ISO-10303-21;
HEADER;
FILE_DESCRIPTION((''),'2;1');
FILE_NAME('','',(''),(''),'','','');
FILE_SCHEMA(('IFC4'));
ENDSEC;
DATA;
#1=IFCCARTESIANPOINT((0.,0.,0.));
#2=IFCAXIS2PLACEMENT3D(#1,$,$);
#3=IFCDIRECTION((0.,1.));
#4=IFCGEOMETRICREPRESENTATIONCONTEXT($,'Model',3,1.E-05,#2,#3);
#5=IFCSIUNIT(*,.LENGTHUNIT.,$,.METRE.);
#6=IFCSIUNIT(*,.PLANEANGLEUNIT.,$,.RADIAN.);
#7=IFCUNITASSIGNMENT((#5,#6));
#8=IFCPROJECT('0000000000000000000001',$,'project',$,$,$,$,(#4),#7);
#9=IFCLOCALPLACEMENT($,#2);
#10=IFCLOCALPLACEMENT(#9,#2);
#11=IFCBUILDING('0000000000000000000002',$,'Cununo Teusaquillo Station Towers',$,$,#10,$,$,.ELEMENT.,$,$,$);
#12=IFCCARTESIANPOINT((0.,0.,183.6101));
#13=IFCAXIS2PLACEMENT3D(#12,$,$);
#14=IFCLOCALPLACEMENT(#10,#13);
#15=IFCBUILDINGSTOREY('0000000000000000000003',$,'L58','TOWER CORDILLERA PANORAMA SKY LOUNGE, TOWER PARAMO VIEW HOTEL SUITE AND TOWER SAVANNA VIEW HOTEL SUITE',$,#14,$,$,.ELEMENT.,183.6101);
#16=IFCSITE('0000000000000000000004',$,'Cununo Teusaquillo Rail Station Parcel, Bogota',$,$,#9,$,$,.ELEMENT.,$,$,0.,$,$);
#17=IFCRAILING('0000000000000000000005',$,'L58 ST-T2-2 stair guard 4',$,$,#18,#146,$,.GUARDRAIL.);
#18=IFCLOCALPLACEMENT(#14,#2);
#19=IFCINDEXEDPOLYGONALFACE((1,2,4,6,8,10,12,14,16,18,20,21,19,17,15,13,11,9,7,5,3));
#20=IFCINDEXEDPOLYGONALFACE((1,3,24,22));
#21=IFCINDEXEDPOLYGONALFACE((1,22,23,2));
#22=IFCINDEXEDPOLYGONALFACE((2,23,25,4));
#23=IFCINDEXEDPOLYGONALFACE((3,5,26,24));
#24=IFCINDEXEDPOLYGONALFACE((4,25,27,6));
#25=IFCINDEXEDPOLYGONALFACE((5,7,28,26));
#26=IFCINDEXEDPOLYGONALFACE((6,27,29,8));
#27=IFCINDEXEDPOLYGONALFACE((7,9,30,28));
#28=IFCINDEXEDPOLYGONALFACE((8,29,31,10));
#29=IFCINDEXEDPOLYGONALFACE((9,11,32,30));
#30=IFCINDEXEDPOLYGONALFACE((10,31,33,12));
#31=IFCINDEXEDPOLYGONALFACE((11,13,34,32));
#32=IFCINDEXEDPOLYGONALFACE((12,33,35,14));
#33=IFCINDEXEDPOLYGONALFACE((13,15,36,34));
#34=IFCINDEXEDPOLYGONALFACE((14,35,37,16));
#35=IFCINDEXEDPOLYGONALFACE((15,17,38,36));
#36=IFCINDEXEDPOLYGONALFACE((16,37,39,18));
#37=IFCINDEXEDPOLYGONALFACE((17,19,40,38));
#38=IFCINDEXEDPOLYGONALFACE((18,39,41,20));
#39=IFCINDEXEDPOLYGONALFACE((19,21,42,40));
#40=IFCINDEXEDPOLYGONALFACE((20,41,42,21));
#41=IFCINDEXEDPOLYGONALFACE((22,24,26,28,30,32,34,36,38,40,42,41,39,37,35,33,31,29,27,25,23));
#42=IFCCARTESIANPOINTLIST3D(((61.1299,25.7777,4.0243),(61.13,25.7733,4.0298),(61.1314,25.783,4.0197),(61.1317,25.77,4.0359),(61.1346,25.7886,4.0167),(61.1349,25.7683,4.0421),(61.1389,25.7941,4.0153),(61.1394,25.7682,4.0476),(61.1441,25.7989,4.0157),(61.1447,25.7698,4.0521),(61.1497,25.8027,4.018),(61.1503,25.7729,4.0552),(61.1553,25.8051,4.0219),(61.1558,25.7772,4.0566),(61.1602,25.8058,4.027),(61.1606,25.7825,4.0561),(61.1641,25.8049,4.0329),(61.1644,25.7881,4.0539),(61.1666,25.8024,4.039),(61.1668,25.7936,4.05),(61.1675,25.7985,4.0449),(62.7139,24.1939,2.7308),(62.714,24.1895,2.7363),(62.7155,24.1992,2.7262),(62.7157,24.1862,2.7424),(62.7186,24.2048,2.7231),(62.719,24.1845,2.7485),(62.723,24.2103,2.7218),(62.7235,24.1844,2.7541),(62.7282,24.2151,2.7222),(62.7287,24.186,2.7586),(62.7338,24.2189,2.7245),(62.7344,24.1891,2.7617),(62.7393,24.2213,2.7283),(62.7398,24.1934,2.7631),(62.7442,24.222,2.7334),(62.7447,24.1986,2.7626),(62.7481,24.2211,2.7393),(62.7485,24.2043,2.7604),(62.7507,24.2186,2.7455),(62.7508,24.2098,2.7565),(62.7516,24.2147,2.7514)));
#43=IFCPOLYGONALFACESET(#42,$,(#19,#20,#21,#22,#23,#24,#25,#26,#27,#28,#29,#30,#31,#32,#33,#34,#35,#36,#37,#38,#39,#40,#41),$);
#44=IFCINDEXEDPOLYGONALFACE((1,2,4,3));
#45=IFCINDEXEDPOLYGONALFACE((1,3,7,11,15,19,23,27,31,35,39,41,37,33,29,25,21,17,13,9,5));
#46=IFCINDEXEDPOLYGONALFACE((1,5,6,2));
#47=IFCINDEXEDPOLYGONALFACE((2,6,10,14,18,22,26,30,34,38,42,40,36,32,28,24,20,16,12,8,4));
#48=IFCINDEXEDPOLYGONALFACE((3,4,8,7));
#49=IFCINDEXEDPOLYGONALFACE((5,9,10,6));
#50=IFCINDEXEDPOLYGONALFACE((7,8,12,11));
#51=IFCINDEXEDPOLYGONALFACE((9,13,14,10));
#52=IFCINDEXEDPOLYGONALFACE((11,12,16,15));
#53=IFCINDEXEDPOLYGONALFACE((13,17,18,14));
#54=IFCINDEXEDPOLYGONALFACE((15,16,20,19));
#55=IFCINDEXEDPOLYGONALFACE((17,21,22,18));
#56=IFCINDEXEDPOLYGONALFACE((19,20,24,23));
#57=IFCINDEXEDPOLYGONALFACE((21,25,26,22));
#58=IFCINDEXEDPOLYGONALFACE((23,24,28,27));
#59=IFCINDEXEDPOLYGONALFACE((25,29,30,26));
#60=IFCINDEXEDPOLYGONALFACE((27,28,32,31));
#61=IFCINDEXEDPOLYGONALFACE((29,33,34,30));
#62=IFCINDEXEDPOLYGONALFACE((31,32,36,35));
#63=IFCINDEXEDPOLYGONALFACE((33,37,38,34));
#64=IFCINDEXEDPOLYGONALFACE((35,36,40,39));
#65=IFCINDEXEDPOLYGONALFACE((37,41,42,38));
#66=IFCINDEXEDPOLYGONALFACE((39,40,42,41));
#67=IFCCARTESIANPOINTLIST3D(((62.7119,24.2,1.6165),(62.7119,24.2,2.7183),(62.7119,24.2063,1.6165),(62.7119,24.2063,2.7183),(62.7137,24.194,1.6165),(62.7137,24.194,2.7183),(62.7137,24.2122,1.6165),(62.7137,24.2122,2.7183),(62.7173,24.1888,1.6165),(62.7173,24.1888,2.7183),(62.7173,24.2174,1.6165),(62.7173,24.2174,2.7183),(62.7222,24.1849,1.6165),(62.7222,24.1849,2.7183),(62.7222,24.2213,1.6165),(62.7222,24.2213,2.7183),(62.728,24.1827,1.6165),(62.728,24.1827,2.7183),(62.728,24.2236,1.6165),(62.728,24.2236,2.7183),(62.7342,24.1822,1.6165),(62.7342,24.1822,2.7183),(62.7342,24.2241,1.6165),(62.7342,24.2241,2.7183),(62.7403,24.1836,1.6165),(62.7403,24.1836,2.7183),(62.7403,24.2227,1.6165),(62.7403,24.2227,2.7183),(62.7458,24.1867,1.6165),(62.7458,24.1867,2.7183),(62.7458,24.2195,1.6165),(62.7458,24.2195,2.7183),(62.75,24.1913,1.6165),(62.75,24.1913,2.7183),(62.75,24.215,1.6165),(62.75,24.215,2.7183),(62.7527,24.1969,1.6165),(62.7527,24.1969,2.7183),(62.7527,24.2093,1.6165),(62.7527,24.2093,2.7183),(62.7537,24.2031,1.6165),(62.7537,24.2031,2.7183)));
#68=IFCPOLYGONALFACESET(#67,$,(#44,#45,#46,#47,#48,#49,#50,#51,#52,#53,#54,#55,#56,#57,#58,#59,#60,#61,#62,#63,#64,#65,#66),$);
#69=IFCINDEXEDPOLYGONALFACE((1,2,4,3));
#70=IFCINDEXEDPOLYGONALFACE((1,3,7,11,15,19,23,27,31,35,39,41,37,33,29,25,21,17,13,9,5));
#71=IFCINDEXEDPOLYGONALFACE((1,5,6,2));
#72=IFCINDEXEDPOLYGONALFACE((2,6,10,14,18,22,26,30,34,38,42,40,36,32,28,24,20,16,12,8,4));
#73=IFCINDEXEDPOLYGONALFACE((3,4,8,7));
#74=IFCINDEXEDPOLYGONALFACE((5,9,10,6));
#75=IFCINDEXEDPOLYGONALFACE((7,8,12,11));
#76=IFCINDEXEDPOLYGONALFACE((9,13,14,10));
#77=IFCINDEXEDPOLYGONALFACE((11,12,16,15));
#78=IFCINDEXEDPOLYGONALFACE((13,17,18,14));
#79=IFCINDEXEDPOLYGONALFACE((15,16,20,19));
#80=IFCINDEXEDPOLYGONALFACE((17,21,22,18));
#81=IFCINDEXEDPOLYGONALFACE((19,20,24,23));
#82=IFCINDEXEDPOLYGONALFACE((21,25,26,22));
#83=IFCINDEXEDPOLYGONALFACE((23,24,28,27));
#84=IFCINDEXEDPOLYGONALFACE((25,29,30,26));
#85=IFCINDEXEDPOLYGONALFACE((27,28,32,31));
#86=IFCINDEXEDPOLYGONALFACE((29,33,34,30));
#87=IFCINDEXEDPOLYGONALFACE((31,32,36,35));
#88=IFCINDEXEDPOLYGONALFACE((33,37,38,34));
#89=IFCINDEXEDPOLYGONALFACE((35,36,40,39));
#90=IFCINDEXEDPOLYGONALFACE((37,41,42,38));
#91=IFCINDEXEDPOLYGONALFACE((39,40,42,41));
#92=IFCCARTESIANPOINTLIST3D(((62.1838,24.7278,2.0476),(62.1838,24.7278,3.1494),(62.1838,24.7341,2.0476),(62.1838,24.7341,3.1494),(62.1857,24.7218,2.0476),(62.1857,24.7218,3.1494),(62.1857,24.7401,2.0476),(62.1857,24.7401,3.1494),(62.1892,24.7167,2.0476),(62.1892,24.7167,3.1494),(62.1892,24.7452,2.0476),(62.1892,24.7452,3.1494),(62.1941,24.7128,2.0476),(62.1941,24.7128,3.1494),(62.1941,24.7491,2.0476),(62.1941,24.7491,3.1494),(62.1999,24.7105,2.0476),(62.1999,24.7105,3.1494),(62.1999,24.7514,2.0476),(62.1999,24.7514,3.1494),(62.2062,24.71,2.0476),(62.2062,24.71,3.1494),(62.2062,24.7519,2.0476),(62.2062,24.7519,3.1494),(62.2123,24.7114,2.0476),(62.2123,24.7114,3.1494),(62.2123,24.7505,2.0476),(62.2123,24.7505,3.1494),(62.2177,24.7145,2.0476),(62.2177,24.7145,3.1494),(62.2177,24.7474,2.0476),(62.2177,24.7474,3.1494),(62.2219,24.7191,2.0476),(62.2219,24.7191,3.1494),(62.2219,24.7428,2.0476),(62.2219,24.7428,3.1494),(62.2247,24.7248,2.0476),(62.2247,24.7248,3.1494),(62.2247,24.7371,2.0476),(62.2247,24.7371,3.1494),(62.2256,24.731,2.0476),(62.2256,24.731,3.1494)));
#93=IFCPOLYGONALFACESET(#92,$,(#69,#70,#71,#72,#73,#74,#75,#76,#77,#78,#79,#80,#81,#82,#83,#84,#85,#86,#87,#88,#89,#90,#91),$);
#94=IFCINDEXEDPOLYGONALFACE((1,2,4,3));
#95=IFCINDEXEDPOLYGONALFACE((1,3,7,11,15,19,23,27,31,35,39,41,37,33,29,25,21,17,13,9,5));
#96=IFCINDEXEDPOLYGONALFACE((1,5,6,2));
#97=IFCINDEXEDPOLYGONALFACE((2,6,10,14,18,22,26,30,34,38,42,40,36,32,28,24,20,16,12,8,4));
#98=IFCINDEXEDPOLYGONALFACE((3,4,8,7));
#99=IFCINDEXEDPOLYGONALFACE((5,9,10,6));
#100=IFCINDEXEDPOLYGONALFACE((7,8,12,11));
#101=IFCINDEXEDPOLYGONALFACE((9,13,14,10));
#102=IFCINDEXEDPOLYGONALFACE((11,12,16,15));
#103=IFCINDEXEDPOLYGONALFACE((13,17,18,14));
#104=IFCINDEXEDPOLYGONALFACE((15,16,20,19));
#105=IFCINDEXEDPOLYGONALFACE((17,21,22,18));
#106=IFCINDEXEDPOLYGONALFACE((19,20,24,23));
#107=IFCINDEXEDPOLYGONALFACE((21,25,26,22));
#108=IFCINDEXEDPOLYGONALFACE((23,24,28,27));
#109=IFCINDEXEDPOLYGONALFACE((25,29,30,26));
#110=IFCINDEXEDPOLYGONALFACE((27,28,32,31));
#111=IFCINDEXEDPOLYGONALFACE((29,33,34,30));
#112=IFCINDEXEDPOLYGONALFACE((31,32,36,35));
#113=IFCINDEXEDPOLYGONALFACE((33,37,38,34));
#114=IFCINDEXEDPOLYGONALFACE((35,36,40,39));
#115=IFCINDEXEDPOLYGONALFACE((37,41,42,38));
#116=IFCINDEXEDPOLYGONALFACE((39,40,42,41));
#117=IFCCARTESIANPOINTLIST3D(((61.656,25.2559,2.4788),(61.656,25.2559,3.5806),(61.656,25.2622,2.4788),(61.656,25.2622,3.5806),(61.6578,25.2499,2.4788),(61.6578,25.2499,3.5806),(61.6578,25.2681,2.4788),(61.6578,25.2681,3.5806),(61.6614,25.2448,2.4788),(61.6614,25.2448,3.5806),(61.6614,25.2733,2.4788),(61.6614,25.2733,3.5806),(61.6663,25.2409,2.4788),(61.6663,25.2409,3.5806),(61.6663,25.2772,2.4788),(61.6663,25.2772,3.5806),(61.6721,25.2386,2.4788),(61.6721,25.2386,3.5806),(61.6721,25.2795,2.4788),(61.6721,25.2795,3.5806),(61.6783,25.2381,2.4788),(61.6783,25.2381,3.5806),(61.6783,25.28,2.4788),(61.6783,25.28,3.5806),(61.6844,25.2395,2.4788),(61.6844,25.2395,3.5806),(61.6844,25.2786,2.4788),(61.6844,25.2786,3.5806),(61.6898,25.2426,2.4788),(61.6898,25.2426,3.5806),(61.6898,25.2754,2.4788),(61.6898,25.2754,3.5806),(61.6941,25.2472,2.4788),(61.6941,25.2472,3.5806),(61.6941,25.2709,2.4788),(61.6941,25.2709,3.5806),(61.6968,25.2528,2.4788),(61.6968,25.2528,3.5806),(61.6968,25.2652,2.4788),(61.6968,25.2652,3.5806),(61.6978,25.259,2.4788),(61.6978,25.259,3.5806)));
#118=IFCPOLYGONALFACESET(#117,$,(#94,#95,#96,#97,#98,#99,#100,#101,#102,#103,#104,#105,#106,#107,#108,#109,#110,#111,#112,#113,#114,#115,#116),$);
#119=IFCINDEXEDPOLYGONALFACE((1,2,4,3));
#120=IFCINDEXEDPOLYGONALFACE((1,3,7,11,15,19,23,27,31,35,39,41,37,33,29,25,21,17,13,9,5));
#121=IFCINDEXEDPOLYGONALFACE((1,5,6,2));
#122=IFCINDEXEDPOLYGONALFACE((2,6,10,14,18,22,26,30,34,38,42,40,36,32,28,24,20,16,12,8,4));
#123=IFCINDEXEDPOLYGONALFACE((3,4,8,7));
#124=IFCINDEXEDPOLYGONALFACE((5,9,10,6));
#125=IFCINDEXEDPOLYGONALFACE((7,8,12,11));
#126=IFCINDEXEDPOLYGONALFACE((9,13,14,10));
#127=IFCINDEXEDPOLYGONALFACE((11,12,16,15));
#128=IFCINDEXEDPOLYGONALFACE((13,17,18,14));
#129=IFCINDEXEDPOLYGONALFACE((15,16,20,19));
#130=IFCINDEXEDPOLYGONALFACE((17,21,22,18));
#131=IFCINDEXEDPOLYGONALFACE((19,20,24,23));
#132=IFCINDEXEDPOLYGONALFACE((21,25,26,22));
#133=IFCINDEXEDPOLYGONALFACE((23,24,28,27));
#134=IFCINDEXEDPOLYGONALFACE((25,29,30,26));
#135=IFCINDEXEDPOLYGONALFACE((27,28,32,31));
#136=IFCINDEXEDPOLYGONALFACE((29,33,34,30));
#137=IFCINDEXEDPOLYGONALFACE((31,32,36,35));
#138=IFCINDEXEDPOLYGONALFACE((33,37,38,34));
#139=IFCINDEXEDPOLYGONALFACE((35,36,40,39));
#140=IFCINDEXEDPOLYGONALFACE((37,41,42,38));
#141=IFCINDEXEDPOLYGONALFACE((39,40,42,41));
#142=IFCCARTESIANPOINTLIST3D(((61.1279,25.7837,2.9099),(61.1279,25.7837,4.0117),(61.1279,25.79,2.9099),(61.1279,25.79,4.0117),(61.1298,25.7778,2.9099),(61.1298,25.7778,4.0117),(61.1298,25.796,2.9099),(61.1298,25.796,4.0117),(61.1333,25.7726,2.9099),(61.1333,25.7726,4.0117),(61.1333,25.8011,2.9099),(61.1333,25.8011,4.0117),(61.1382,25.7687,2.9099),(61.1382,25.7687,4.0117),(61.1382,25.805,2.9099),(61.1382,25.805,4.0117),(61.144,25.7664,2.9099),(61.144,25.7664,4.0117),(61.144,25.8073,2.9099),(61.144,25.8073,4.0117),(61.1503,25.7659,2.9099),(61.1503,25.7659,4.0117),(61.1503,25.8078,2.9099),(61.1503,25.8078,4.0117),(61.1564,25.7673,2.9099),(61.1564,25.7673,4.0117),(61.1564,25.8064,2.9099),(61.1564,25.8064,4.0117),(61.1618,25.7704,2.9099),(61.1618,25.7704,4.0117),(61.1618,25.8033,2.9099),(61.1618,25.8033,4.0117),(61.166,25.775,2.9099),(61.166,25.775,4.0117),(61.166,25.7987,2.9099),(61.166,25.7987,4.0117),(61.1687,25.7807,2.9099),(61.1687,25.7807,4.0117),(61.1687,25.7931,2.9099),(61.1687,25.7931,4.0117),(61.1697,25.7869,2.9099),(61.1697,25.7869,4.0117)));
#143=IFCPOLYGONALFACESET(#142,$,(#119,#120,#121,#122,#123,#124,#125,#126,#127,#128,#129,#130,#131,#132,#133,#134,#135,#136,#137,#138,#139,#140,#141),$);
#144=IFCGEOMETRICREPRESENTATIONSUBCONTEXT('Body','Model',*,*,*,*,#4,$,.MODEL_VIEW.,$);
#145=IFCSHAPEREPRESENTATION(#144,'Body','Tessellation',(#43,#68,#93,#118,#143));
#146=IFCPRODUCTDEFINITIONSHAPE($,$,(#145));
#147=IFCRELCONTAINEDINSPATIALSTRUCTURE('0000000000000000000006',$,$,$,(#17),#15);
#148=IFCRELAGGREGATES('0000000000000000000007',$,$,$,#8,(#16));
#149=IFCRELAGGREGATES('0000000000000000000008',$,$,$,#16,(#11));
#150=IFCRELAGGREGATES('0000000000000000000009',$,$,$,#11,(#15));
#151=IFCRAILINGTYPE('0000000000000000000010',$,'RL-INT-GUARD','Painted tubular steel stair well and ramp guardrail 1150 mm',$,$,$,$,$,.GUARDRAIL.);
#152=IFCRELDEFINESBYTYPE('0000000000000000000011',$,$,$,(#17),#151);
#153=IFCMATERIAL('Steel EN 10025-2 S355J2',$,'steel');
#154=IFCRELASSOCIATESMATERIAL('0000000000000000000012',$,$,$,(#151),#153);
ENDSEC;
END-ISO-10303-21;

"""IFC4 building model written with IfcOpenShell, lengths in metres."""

from ifc_helpers import new_model, si_unit, direction, frame, origin, origin_2d, place, context, subcontext, project, spatial, circle, extrude, material, type_object, element, save


model = new_model("IFC4")

# Units and contexts
model_context = context("Model", 3, precision=1e-05, world=origin(), true_north=direction((0.0, 1.0)))
body_context = subcontext(model_context, "Body", "Model", "MODEL_VIEW")
ifc_project = project(units=[si_unit("LENGTHUNIT", "METRE"), si_unit("PLANEANGLEUNIT", "RADIAN")], contexts=[model_context])

# Site, building, storey
site_placement = place(None, origin())
site = spatial("IfcSite", under=ifc_project, at=site_placement, Name="Cununo Teusaquillo Rail Station Parcel, Bogota", CompositionType="ELEMENT", RefElevation=0.0)
building_placement = place(site_placement, origin())
building = spatial("IfcBuilding", under=site, at=building_placement, Name="Cununo Teusaquillo Station Towers", CompositionType="ELEMENT")
storey_placement = place(building_placement, frame((0.0, 0.0, 183.6101)))
storey = spatial("IfcBuildingStorey", under=building, at=storey_placement, Name="L58", Description="TOWER CORDILLERA PANORAMA SKY LOUNGE, TOWER PARAMO VIEW HOTEL SUITE AND TOWER SAVANNA VIEW HOTEL SUITE", CompositionType="ELEMENT", Elevation=183.6101)

# Railing
ifc_material_1 = material(Name="Steel EN 10025-2 S355J2", Category="steel")
railing_type_1 = type_object("IfcRailingType", Name="RL-INT-GUARD", Description="Painted tubular steel stair well and ramp guardrail 1150 mm", PredefinedType="GUARDRAIL", material=ifc_material_1)
railing_1_placement = place(storey_placement, frame((62.7327, 24.2031, 1.6165)))
element("IfcRailing", 1, at=railing_1_placement, inside=storey, type_object=railing_type_1, Name="L58 ST-T2-2 stair guard 4", PredefinedType="GUARDRAIL", context=body_context, shape_type="SweptSolid", body=[
    extrude(circle(Radius=0.0239, at=origin_2d()), frame((0.0, 0.0, 1.126), z_axis=(-0.612391, 0.612297, 0.500069), x_axis=(-0.707052, -0.707161, 0.0)), (0.0, 0.0, 1.0), 2.5867),
    extrude(circle(Radius=0.021, at=origin_2d()), origin(), (0.0, 0.0, 1.0), 1.1018),
    extrude(circle(Radius=0.021, at=origin_2d()), frame((-0.5281, 0.5278, 0.4312)), (0.0, 0.0, 1.0), 1.1018),
    extrude(circle(Radius=0.021, at=origin_2d()), frame((-1.0559, 1.0559, 0.8623)), (0.0, 0.0, 1.0), 1.1018),
    extrude(circle(Radius=0.021, at=origin_2d()), frame((-1.584, 1.5837, 1.2935)), (0.0, 0.0, 1.0), 1.1018),
])

save(model, "model.ifc")
